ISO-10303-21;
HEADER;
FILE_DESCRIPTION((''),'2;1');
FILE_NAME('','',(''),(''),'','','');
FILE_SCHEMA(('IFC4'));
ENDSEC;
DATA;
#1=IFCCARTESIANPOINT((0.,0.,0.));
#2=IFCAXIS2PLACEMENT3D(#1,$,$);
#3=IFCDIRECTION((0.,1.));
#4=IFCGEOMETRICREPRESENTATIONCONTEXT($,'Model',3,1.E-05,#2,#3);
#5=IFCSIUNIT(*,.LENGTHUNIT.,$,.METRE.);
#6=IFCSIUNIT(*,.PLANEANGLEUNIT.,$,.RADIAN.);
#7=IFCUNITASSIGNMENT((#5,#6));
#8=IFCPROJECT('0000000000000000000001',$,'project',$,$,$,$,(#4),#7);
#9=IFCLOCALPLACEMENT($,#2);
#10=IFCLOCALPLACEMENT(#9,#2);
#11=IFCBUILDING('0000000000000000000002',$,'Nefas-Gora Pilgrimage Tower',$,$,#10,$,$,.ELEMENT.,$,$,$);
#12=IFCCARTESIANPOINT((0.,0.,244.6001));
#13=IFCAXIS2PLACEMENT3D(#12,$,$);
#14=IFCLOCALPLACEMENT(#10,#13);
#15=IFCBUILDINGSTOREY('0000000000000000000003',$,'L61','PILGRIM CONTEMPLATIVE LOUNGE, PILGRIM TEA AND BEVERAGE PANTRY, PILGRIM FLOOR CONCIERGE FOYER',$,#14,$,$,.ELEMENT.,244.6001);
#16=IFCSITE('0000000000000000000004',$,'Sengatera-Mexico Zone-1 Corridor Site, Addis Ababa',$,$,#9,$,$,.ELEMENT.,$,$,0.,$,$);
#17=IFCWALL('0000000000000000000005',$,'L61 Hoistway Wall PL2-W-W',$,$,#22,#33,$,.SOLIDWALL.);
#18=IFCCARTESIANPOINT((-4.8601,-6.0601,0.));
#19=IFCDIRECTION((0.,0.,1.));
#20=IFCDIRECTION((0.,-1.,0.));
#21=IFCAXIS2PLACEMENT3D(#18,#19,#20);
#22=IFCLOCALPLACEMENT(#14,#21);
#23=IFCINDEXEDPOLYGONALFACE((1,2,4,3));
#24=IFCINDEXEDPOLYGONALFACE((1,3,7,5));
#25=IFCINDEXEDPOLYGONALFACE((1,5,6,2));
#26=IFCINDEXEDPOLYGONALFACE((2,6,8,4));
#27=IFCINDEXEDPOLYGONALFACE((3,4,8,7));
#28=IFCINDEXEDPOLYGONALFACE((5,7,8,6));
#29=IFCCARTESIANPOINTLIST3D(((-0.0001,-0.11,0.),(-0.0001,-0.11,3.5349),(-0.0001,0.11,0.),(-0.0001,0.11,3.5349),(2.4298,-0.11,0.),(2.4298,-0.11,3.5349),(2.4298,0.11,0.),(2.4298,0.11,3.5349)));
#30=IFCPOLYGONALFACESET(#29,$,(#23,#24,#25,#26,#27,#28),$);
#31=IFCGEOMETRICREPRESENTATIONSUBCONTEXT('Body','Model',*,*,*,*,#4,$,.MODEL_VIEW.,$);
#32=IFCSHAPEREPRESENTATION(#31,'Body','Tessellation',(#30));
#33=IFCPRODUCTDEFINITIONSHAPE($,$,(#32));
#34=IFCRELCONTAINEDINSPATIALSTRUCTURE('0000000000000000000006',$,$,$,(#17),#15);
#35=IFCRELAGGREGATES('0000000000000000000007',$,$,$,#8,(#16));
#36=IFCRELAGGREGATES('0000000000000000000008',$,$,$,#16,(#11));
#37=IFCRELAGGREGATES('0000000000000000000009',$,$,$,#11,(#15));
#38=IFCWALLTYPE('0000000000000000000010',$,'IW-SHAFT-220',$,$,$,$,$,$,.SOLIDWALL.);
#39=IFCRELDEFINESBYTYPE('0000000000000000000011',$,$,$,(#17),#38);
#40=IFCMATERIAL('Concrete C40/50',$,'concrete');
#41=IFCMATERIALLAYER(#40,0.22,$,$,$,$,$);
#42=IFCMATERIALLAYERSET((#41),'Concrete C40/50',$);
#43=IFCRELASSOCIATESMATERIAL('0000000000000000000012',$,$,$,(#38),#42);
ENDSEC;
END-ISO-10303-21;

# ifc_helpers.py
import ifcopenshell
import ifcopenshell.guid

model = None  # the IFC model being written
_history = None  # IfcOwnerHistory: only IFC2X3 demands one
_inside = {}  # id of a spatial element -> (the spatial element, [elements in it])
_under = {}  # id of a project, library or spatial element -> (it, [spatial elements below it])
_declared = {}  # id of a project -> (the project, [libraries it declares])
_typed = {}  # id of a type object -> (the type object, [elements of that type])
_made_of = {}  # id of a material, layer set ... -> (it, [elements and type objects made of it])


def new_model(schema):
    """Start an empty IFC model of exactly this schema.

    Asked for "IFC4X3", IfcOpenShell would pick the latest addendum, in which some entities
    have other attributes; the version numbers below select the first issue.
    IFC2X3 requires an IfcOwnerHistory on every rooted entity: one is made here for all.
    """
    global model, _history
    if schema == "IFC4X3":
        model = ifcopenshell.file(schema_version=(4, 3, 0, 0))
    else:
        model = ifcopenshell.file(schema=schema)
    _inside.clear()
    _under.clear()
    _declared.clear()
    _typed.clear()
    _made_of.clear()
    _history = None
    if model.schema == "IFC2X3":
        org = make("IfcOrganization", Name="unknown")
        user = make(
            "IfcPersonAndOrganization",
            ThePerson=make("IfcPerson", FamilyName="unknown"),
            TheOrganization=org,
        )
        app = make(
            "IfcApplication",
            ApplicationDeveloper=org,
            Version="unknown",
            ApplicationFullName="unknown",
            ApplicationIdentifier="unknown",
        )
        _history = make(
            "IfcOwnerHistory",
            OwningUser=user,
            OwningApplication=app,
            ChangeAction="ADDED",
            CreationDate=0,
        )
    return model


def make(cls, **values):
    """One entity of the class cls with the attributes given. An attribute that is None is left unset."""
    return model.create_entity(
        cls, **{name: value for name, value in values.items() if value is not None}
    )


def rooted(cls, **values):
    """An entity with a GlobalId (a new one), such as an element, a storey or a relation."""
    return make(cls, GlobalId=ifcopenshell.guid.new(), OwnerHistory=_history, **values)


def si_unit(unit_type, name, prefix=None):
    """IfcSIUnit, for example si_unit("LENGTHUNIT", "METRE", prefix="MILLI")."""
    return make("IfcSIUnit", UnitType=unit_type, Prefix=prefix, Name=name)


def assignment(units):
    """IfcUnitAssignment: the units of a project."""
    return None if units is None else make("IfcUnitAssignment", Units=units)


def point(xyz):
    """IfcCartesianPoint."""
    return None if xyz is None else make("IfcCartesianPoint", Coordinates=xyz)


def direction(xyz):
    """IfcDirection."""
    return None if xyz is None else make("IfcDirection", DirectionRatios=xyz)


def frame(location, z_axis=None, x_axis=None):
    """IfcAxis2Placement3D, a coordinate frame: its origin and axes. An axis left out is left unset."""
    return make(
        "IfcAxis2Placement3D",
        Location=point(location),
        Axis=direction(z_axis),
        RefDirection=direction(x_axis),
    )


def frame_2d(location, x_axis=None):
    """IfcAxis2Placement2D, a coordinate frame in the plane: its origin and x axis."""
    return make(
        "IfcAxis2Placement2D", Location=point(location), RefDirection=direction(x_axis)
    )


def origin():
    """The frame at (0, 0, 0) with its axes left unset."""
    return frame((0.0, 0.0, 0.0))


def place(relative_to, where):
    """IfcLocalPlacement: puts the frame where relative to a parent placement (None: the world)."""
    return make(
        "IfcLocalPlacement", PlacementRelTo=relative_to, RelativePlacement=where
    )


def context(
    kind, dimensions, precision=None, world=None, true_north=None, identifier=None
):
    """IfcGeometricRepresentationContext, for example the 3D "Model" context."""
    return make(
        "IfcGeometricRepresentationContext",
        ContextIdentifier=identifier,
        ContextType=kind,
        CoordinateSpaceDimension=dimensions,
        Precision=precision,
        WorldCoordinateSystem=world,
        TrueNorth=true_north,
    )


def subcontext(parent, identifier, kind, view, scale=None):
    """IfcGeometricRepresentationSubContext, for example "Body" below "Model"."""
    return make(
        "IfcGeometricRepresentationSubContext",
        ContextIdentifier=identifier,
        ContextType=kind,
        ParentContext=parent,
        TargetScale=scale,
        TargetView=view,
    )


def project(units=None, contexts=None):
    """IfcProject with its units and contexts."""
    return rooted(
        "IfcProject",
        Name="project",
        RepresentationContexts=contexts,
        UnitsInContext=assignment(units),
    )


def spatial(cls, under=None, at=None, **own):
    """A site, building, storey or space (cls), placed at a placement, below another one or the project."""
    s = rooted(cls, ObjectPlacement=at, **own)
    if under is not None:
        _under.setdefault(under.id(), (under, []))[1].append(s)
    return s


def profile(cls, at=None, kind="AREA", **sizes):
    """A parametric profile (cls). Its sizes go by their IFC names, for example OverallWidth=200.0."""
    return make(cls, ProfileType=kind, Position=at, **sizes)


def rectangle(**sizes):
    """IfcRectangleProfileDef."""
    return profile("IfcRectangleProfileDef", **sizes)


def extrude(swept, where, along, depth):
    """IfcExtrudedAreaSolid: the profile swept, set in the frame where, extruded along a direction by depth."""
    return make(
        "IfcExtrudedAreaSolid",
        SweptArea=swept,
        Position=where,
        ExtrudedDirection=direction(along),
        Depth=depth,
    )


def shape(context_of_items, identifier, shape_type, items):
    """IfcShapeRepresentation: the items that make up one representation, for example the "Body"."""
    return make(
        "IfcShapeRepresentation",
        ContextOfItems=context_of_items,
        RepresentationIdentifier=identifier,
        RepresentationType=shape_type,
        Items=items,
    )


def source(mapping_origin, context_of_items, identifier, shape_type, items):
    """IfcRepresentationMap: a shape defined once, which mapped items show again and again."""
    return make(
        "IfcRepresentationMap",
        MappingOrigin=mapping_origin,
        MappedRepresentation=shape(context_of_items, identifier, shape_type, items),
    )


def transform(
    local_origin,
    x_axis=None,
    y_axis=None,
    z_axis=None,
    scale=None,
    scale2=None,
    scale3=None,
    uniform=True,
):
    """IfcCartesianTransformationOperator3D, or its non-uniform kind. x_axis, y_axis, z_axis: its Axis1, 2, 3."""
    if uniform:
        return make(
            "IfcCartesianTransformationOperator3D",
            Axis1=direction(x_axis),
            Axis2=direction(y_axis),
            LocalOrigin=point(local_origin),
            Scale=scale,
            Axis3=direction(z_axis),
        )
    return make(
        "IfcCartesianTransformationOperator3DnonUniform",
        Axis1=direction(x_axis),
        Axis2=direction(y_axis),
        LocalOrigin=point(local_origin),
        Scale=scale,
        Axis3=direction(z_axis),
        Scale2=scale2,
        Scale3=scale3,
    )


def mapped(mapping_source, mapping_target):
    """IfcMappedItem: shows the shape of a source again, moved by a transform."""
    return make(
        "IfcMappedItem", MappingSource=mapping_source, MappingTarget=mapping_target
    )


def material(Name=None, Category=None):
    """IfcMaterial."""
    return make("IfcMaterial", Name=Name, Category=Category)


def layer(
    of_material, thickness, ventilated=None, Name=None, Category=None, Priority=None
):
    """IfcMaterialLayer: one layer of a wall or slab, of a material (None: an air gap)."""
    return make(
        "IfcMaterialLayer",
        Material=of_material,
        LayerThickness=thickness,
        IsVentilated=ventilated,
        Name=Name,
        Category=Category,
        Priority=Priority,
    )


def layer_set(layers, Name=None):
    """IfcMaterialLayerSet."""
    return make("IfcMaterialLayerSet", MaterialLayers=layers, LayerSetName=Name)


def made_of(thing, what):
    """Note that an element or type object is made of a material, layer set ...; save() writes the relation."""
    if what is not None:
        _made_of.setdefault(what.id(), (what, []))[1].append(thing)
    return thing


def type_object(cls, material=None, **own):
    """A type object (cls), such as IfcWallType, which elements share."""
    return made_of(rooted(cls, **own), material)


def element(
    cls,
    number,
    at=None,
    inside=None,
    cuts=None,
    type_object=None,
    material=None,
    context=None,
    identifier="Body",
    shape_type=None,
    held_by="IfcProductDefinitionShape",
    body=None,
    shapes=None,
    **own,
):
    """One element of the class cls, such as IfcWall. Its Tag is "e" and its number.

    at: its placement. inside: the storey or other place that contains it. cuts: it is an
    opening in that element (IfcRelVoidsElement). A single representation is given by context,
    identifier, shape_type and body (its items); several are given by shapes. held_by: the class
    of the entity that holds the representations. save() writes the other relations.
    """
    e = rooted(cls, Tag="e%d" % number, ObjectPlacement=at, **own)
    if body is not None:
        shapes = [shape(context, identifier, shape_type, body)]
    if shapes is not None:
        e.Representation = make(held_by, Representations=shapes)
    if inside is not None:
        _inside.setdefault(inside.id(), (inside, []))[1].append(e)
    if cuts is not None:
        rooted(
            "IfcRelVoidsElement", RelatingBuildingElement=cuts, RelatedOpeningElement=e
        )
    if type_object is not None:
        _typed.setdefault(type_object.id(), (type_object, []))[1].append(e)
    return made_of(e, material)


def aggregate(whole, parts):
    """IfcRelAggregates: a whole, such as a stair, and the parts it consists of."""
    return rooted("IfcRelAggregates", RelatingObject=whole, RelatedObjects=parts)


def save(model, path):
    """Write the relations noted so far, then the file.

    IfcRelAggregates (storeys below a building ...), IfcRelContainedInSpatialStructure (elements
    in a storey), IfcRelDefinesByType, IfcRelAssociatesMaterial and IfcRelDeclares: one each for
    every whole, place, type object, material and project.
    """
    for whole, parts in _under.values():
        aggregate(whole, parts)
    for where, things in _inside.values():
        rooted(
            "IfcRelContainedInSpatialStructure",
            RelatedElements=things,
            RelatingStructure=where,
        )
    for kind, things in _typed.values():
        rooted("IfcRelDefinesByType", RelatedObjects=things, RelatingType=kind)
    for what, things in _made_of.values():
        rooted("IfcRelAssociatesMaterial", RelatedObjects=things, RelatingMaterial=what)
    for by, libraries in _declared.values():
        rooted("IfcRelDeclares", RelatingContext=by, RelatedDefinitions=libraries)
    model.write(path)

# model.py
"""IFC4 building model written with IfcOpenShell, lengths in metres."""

from ifc_helpers import new_model, si_unit, direction, frame, frame_2d, origin, place, context, subcontext, project, spatial, rectangle, extrude, source, transform, mapped, material, layer, layer_set, type_object, element, save


model = new_model("IFC4")

# Units and contexts
model_context = context("Model", 3, precision=1e-05, world=origin(), true_north=direction((0.0, 1.0)))
body_context = subcontext(model_context, "Body", "Model", "MODEL_VIEW")
ifc_project = project(units=[si_unit("LENGTHUNIT", "METRE"), si_unit("PLANEANGLEUNIT", "RADIAN")], contexts=[model_context])

# Site, building, storey
site_placement = place(None, origin())
site = spatial("IfcSite", under=ifc_project, at=site_placement, Name="Sengatera-Mexico Zone-1 Corridor Site, Addis Ababa", CompositionType="ELEMENT", RefElevation=0.0)
building_placement = place(site_placement, origin())
building = spatial("IfcBuilding", under=site, at=building_placement, Name="Nefas-Gora Pilgrimage Tower", CompositionType="ELEMENT")
storey_placement = place(building_placement, frame((0.0, 0.0, 244.6001)))
storey = spatial("IfcBuildingStorey", under=building, at=storey_placement, Name="L61", Description="PILGRIM CONTEMPLATIVE LOUNGE, PILGRIM TEA AND BEVERAGE PANTRY, PILGRIM FLOOR CONCIERGE FOYER", CompositionType="ELEMENT", Elevation=244.6001)

# Shared definitions
ifc_material_1 = material(Name="Concrete C40/50", Category="concrete")
ifc_layer_1 = layer(ifc_material_1, 0.22)
ifc_layer_set_1 = layer_set([ifc_layer_1], Name="Concrete C40/50")
wall_type_1 = type_object("IfcWallType", Name="IW-SHAFT-220", PredefinedType="SOLIDWALL", material=ifc_layer_set_1)

# Wall
shared_shape_1 = source(origin(), body_context, "Body", "SweptSolid", [
    extrude(rectangle(XDim=2.4299, YDim=0.22, at=frame_2d((1.2148, 0.0))), origin(), (0.0, 0.0, 1.0), 3.5349),
])
for number, where, z_axis, x_axis, name in (
    (1, (-4.8601, -6.0601, 0.0), (0.0, 0.0, 1.0), (0.0, -1.0, 0.0), "L61 Hoistway Wall PL2-W-W"),
):
    element("IfcWall", number, at=place(storey_placement, frame(where, z_axis=z_axis, x_axis=x_axis)), inside=storey, type_object=wall_type_1, Name=name, PredefinedType="SOLIDWALL", context=body_context, shape_type="MappedRepresentation", body=[
        mapped(shared_shape_1, transform((0.0, 0.0, 0.0), x_axis=(1.0, 0.0, 0.0), y_axis=(0.0, 1.0, 0.0), z_axis=(0.0, 0.0, 1.0), scale=1.0)),
    ])

save(model, "model.ifc")
